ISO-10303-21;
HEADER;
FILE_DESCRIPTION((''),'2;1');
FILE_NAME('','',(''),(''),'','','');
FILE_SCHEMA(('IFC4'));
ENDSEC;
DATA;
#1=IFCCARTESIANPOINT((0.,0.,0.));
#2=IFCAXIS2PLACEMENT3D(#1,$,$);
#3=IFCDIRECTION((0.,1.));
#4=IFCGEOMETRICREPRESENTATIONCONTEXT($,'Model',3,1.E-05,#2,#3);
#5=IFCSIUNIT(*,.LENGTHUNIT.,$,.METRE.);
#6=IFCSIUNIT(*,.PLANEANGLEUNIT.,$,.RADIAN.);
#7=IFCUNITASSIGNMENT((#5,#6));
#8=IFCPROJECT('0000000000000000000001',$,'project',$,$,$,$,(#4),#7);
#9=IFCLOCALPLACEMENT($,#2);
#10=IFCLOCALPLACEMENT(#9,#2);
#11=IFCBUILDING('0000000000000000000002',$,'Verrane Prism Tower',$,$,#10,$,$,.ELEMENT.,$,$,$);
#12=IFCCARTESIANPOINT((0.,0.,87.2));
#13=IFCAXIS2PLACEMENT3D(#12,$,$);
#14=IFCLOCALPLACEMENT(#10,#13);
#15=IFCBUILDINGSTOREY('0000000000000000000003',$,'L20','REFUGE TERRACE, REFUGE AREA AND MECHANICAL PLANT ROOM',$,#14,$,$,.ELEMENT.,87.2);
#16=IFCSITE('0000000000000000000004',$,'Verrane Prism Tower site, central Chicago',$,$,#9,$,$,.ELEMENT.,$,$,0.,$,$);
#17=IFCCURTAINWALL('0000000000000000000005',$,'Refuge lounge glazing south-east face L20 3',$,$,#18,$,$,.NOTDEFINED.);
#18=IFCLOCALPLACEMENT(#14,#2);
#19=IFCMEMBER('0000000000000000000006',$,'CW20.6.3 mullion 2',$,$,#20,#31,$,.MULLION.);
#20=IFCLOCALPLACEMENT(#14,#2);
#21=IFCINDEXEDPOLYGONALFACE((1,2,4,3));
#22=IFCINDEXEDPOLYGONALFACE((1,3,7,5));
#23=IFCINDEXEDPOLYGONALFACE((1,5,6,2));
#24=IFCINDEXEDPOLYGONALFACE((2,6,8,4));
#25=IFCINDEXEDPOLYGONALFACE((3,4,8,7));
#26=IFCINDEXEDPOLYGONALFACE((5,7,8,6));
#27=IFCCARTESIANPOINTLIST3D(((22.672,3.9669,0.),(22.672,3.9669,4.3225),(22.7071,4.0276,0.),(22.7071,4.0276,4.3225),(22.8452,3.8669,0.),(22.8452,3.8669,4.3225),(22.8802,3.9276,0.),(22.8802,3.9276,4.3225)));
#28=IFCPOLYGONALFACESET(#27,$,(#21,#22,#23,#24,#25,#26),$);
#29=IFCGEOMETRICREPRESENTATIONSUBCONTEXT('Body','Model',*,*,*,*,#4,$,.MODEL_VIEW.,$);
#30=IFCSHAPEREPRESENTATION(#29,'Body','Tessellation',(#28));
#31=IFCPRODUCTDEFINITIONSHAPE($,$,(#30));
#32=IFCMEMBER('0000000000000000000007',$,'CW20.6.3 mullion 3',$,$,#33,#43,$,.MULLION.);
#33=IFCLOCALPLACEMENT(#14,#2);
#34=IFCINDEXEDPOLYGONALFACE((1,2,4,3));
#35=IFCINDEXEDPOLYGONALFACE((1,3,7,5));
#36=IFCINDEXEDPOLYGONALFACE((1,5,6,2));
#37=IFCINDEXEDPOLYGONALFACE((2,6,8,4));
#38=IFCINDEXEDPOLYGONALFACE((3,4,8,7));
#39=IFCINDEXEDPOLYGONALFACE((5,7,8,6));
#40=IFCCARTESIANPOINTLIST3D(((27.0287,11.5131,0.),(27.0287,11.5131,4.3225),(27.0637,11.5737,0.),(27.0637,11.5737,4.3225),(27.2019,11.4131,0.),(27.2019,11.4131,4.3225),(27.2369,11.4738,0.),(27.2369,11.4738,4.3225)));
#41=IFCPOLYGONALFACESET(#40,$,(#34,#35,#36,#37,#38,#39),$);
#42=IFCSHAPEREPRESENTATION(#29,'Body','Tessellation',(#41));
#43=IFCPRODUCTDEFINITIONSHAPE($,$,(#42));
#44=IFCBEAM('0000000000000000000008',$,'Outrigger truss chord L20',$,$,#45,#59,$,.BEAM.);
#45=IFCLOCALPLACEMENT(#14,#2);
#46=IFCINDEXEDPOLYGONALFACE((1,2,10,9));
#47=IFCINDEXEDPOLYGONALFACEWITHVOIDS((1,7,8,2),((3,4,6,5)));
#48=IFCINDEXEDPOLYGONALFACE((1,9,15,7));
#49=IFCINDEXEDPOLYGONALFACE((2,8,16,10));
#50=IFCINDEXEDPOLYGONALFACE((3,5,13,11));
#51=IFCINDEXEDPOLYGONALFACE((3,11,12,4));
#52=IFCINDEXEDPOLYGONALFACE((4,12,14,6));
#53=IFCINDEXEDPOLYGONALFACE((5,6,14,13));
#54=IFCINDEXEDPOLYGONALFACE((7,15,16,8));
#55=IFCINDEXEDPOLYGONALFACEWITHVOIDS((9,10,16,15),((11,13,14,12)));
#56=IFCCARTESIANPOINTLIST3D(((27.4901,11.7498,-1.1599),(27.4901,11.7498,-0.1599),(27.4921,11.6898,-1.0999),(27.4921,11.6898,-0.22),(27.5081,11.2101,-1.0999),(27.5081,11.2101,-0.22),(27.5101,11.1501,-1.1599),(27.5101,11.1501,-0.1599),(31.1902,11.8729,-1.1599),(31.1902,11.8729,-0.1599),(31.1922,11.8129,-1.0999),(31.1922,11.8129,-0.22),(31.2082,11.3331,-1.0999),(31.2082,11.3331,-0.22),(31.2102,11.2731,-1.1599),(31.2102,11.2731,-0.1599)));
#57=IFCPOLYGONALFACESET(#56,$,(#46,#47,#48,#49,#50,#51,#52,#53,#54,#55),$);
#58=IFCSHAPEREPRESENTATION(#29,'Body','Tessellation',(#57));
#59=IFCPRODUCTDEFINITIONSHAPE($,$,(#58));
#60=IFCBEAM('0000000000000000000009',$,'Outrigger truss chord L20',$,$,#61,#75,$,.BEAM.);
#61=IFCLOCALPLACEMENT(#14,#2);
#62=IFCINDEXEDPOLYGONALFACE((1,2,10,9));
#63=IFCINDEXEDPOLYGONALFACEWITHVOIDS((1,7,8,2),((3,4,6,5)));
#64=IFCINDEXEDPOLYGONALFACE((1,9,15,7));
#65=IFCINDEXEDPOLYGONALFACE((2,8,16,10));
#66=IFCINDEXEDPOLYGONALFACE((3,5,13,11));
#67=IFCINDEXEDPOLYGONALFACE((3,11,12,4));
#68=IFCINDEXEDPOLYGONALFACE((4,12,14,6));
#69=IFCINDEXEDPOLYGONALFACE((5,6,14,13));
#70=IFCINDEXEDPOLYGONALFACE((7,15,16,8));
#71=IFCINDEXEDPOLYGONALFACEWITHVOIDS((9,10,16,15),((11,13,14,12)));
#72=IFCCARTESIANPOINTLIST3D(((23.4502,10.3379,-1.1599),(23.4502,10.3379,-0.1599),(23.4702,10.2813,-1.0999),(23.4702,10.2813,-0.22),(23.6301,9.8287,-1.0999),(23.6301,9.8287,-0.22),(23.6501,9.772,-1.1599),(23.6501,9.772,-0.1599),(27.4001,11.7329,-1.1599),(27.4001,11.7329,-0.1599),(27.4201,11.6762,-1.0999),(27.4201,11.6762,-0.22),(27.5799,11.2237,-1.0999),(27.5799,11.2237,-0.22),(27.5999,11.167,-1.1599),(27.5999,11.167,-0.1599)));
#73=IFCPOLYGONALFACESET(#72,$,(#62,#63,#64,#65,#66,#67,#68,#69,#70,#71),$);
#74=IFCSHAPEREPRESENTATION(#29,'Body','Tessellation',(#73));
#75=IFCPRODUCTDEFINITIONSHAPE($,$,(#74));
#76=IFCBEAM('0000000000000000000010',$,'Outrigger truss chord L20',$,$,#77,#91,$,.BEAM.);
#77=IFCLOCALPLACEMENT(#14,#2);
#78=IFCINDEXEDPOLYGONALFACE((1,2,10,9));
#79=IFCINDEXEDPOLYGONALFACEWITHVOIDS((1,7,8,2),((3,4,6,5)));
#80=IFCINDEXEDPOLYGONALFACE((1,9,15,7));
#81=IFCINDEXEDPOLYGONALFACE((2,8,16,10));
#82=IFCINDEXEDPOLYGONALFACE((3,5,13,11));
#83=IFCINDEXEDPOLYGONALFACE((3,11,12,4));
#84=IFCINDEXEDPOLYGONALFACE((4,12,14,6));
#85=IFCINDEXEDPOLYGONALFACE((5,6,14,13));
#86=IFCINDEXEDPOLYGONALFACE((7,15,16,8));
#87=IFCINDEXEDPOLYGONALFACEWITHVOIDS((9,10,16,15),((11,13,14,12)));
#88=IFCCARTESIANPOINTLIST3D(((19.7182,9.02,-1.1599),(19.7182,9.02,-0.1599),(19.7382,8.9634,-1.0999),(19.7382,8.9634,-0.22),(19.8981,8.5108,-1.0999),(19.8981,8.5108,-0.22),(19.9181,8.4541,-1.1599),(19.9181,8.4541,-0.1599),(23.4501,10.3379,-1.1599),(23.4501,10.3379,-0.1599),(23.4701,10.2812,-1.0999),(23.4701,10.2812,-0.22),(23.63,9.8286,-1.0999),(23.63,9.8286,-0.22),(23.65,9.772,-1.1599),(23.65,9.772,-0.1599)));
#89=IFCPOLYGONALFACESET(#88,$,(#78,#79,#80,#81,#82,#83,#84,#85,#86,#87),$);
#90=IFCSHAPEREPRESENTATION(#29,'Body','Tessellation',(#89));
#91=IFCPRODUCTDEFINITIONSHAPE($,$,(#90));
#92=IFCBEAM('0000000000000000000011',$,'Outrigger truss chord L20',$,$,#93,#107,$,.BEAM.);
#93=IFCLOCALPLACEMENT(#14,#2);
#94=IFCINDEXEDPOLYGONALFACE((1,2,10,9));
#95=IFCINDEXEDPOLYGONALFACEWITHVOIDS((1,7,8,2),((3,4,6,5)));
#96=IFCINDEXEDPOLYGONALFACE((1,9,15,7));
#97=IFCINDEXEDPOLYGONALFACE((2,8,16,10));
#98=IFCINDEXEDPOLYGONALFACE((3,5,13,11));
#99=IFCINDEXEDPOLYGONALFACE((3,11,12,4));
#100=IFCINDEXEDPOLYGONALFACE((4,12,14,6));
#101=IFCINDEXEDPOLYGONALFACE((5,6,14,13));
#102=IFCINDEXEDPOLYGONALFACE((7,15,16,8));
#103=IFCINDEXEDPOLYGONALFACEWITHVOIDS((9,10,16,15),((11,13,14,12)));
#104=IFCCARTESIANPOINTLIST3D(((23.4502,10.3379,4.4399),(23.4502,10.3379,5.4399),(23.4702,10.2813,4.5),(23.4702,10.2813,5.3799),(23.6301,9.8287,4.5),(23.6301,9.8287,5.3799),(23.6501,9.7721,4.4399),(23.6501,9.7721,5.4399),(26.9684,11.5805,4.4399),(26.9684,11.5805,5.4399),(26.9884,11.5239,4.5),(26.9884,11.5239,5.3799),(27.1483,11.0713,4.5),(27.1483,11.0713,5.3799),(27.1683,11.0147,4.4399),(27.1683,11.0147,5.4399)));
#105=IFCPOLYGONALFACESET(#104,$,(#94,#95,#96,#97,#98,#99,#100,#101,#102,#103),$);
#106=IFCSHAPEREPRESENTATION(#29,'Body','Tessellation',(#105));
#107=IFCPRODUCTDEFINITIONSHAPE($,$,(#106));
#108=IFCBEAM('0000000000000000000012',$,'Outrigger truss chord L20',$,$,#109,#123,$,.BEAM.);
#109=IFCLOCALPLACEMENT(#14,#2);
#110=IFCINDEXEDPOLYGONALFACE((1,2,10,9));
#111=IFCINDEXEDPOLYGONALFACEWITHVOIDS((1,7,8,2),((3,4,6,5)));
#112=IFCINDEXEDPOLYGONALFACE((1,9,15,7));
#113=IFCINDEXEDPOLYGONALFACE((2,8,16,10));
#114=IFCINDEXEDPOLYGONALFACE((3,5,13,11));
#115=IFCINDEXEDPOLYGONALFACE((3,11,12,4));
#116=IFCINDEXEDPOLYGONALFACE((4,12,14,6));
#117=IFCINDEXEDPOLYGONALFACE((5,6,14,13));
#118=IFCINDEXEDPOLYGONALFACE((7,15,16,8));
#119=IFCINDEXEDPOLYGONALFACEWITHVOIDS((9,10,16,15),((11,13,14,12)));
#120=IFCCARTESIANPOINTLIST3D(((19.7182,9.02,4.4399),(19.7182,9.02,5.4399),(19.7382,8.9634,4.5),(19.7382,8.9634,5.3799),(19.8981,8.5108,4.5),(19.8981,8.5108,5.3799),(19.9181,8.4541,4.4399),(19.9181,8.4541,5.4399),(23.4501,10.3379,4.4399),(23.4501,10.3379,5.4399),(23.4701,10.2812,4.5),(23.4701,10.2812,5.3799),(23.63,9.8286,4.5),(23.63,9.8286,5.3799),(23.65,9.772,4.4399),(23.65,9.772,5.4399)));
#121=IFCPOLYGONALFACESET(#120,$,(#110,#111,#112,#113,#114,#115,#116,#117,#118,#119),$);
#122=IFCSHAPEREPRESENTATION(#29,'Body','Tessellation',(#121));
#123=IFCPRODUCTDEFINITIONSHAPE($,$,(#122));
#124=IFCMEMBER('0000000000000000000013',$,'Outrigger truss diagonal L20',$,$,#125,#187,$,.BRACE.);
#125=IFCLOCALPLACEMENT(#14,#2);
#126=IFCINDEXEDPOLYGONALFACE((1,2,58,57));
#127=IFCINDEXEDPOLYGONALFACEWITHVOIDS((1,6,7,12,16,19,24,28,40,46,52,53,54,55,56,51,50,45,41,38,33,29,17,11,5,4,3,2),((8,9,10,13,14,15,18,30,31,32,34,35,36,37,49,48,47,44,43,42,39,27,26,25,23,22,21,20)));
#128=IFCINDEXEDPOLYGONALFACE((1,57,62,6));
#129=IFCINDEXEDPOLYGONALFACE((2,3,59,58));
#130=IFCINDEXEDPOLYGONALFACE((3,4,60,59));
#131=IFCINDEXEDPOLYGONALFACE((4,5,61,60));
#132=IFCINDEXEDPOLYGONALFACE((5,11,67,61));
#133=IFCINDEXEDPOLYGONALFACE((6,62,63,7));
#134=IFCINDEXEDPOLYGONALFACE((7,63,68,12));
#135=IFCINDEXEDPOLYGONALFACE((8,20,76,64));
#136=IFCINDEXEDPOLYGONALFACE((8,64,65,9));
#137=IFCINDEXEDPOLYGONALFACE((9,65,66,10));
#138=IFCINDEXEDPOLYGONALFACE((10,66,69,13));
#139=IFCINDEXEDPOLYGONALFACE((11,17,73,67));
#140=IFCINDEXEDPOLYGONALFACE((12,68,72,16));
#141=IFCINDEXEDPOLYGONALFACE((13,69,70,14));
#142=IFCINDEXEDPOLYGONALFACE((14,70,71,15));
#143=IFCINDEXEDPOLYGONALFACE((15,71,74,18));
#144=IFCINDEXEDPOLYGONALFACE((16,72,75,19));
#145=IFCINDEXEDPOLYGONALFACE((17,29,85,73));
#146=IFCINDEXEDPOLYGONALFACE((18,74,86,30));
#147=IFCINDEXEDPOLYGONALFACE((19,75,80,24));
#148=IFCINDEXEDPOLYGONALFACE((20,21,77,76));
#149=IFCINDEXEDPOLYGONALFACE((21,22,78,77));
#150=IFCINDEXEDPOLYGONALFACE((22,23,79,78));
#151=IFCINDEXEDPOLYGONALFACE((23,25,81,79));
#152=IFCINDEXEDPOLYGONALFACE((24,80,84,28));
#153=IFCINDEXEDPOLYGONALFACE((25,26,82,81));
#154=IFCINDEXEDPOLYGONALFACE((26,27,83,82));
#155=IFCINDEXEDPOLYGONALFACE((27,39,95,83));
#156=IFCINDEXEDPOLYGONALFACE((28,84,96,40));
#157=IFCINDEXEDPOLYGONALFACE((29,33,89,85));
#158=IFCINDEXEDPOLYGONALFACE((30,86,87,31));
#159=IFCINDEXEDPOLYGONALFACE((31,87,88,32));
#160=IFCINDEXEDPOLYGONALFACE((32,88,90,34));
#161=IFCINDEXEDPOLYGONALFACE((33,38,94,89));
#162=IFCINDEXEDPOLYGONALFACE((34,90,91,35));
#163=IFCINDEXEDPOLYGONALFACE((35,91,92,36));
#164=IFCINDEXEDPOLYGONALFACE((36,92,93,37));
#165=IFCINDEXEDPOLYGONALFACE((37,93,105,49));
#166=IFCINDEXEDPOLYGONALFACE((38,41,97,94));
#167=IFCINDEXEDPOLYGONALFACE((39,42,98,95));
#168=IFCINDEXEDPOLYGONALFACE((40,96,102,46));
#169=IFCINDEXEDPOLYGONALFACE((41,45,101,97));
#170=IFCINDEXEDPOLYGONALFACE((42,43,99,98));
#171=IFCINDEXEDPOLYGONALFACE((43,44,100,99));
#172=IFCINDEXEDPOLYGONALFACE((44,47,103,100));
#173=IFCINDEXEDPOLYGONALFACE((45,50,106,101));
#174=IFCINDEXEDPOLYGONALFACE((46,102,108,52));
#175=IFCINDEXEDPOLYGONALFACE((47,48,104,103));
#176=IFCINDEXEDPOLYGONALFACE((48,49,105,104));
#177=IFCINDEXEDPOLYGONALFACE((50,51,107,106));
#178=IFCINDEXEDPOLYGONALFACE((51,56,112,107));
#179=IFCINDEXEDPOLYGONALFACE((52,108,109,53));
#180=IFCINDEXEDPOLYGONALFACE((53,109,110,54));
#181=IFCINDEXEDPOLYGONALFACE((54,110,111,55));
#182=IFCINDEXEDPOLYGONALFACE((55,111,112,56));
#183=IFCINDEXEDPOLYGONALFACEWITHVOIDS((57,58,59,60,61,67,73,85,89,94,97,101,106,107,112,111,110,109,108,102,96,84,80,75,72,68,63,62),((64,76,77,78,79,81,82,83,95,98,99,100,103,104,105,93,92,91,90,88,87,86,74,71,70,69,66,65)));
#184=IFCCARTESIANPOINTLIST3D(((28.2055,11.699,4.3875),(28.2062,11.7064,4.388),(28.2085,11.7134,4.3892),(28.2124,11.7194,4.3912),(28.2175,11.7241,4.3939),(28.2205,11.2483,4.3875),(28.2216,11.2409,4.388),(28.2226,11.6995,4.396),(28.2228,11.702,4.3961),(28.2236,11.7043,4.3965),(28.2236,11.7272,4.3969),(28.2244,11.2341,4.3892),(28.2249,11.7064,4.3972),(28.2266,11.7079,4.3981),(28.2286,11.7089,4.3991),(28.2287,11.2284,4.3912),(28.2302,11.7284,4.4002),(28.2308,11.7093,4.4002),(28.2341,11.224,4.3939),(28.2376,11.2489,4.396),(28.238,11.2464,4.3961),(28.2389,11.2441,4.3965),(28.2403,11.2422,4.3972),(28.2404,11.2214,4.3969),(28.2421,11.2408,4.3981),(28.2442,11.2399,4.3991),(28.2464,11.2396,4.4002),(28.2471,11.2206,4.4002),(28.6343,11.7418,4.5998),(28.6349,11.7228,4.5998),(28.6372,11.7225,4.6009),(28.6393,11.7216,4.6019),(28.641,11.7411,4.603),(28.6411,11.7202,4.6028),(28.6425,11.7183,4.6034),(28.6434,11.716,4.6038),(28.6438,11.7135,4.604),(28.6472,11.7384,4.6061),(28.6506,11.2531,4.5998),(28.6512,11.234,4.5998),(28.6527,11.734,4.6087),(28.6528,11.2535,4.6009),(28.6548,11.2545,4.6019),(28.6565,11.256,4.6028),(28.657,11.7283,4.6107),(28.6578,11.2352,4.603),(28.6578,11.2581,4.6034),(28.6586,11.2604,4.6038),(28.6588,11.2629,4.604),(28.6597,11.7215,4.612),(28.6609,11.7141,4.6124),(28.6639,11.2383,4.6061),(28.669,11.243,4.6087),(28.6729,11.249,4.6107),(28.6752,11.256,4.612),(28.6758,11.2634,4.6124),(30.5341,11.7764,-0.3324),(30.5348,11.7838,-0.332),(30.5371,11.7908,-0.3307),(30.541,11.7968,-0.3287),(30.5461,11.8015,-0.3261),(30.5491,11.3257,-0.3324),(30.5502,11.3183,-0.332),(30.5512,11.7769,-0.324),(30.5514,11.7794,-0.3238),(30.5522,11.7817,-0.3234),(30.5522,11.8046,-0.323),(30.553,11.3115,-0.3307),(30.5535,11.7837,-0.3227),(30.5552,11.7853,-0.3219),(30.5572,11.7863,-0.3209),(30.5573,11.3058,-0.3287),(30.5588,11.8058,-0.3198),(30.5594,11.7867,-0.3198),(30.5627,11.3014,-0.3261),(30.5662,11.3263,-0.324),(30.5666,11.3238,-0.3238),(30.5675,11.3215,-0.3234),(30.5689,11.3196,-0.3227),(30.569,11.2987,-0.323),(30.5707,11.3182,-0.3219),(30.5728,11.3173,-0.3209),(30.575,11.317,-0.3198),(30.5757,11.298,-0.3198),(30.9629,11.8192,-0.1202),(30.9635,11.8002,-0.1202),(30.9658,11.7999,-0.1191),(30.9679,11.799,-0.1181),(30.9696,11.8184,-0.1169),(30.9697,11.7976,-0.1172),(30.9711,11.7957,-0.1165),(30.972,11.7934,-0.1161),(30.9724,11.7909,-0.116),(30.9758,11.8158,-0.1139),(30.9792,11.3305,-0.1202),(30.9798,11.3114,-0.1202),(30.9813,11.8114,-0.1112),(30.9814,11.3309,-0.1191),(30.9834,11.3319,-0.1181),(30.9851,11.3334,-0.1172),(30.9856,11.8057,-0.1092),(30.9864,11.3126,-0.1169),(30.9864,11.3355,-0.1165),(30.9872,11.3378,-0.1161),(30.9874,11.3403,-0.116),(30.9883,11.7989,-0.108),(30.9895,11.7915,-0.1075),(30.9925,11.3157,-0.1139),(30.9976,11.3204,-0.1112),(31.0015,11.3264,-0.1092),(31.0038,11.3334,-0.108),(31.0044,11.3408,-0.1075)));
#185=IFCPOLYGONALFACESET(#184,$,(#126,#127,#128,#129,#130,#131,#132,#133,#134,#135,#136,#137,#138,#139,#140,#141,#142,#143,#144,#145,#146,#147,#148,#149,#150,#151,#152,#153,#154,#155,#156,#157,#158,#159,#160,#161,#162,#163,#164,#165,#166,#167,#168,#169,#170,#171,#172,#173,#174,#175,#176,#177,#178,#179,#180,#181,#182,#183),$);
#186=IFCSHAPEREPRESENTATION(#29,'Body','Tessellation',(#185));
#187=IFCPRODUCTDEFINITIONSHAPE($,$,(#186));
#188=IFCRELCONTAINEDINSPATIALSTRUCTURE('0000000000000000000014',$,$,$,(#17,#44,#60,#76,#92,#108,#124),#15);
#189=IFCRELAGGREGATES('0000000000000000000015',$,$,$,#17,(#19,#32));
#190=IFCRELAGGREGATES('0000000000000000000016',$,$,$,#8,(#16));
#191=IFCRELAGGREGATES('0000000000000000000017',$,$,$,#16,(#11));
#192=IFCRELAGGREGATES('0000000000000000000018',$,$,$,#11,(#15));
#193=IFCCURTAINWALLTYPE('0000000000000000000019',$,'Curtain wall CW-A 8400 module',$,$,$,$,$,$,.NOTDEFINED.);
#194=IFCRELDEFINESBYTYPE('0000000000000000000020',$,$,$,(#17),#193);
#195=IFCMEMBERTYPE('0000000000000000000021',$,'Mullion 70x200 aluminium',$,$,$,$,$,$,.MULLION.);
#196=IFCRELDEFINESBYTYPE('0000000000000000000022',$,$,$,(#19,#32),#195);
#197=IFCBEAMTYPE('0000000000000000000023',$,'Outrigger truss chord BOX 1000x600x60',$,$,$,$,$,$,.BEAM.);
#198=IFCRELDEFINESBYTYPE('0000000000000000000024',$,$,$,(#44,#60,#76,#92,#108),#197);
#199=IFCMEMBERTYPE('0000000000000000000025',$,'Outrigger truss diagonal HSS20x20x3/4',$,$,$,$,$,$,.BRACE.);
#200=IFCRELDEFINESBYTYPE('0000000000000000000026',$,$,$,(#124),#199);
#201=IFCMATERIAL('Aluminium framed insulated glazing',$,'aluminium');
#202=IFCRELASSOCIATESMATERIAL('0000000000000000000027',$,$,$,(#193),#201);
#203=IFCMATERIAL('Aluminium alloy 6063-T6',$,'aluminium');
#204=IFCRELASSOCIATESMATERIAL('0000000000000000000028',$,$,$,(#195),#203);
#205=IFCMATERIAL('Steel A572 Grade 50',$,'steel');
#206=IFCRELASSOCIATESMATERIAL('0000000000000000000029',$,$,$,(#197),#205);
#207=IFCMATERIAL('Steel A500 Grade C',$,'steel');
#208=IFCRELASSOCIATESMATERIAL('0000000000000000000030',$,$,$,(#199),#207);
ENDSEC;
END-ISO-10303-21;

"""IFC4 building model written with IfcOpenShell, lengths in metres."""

from ifc_helpers import new_model, si_unit, direction, frame, origin, origin_2d, place, context, subcontext, project, spatial, rectangle, hollow_rectangle, extrude, material, material_profile, profile_set, type_object, element, aggregate, save


model = new_model("IFC4")

# Units and contexts
model_context = context("Model", 3, precision=1e-05, world=origin(), true_north=direction((0.0, 1.0)))
body_context = subcontext(model_context, "Body", "Model", "MODEL_VIEW")
ifc_project = project(units=[si_unit("LENGTHUNIT", "METRE"), si_unit("PLANEANGLEUNIT", "RADIAN")], contexts=[model_context])

# Site, building, storey
site_placement = place(None, origin())
site = spatial("IfcSite", under=ifc_project, at=site_placement, Name="Verrane Prism Tower site, central Chicago", CompositionType="ELEMENT", RefElevation=0.0)
building_placement = place(site_placement, origin())
building = spatial("IfcBuilding", under=site, at=building_placement, Name="Verrane Prism Tower", CompositionType="ELEMENT")
storey_placement = place(building_placement, frame((0.0, 0.0, 87.2)))
storey = spatial("IfcBuildingStorey", under=building, at=storey_placement, Name="L20", Description="REFUGE TERRACE, REFUGE AREA AND MECHANICAL PLANT ROOM", CompositionType="ELEMENT", Elevation=87.2)

# Curtain wall, members
ifc_material_1 = material(Name="Aluminium framed insulated glazing", Category="aluminium")
curtain_wall_type = type_object("IfcCurtainWallType", Name="Curtain wall CW-A 8400 module", PredefinedType="NOTDEFINED", material=ifc_material_1)
curtain_wall_placement = place(storey_placement, origin())
curtain_wall = element("IfcCurtainWall", 1, at=curtain_wall_placement, inside=storey, type_object=curtain_wall_type, Name="Refuge lounge glazing south-east face L20 3", PredefinedType="NOTDEFINED")
ifc_material_2 = material(Name="Aluminium alloy 6063-T6", Category="aluminium")
ifc_material_profile_1 = material_profile(ifc_material_2, rectangle(XDim=0.2, YDim=0.0701, at=origin_2d()), Name="Mullion 70x200 aluminium")
ifc_profile_set_1 = profile_set([ifc_material_profile_1], Name="Aluminium alloy 6063-T6")
member_type_1 = type_object("IfcMemberType", Name="Mullion 70x200 aluminium", PredefinedType="MULLION", material=ifc_profile_set_1)
member_1_placement = place(storey_placement, frame((22.7761, 3.9473, 0.0), z_axis=(0.0, 0.0, 1.0), x_axis=(-0.866027, 0.499998, 0.0)))
member_1 = element("IfcMember", 2, at=member_1_placement, type_object=member_type_1, Name="CW20.6.3 mullion 2", PredefinedType="MULLION", context=body_context, shape_type="SweptSolid", body=[
    extrude(rectangle(XDim=0.2, YDim=0.0701, at=origin_2d()), origin(), (0.0, 0.0, 1.0), 4.3225),
])
member_2_placement = place(storey_placement, frame((27.1328, 11.4934, 0.0), z_axis=(0.0, 0.0, 1.0), x_axis=(-0.866027, 0.499998, 0.0)))
member_2 = element("IfcMember", 3, at=member_2_placement, type_object=member_type_1, Name="CW20.6.3 mullion 3", PredefinedType="MULLION", context=body_context, shape_type="SweptSolid", body=[
    extrude(rectangle(XDim=0.2, YDim=0.0701, at=origin_2d()), origin(), (0.0, 0.0, 1.0), 4.3225),
])

# Beams
ifc_material_3 = material(Name="Steel A572 Grade 50", Category="steel")
ifc_material_profile_2 = material_profile(ifc_material_3, hollow_rectangle(XDim=0.6001, YDim=1.0, WallThickness=0.0601, at=origin_2d()), Name="BOX 1000x600x60")
ifc_profile_set_2 = profile_set([ifc_material_profile_2], Name="Steel A572 Grade 50")
beam_type_1 = type_object("IfcBeamType", Name="Outrigger truss chord BOX 1000x600x60", PredefinedType="BEAM", material=ifc_profile_set_2)
beam_1_placement = place(storey_placement, frame((31.2002, 11.573, -0.6599), z_axis=(-0.999448, -0.033236, 0.0), x_axis=(0.033236, -0.999448, 0.0)))
element("IfcBeam", 4, at=beam_1_placement, inside=storey, type_object=beam_type_1, Name="Outrigger truss chord L20", PredefinedType="BEAM", context=body_context, shape_type="SweptSolid", body=[
    extrude(hollow_rectangle(XDim=0.6001, YDim=1.0, WallThickness=0.0601, at=origin_2d()), origin(), (0.0, 0.0, 1.0), 3.7021),
])
beam_2_placement = place(storey_placement, frame((27.5, 11.45, -0.6599), z_axis=(-0.942921, -0.333015, 0.0), x_axis=(0.333015, -0.942921, 0.0)))
element("IfcBeam", 5, at=beam_2_placement, inside=storey, type_object=beam_type_1, Name="Outrigger truss chord L20", PredefinedType="BEAM", context=body_context, shape_type="SweptSolid", body=[
    extrude(hollow_rectangle(XDim=0.6001, YDim=1.0, WallThickness=0.0601, at=origin_2d()), origin(), (0.0, 0.0, 1.0), 4.189),
])
beam_3_placement = place(storey_placement, frame((23.55, 10.0549, -0.6599), z_axis=(-0.942933, -0.332981, 0.0), x_axis=(0.332981, -0.942933, 0.0)))
element("IfcBeam", 6, at=beam_3_placement, inside=storey, type_object=beam_type_1, Name="Outrigger truss chord L20", PredefinedType="BEAM", context=body_context, shape_type="SweptSolid", body=[
    extrude(hollow_rectangle(XDim=0.6001, YDim=1.0, WallThickness=0.0601, at=origin_2d()), origin(), (0.0, 0.0, 1.0), 3.9578),
])
beam_4_placement = place(storey_placement, frame((27.0684, 11.2976, 4.9399), z_axis=(-0.942913, -0.333039, 0.0), x_axis=(0.333039, -0.942913, 0.0)))
element("IfcBeam", 7, at=beam_4_placement, inside=storey, type_object=beam_type_1, Name="Outrigger truss chord L20", PredefinedType="BEAM", context=body_context, shape_type="SweptSolid", body=[
    extrude(hollow_rectangle(XDim=0.6001, YDim=1.0, WallThickness=0.0601, at=origin_2d()), origin(), (0.0, 0.0, 1.0), 3.7312),
])
beam_5_placement = place(storey_placement, frame((23.55, 10.0549, 4.9399), z_axis=(-0.942933, -0.332981, 0.0), x_axis=(0.332981, -0.942933, 0.0)))
element("IfcBeam", 8, at=beam_5_placement, inside=storey, type_object=beam_type_1, Name="Outrigger truss chord L20", PredefinedType="BEAM", context=body_context, shape_type="SweptSolid", body=[
    extrude(hollow_rectangle(XDim=0.6001, YDim=1.0, WallThickness=0.0601, at=origin_2d()), origin(), (0.0, 0.0, 1.0), 3.9578),
])

# Member
ifc_material_4 = material(Name="Steel A500 Grade C", Category="steel")
ifc_material_profile_3 = material_profile(ifc_material_4, hollow_rectangle(XDim=0.5081, YDim=0.5081, WallThickness=0.019, InnerFilletRadius=0.0095, OuterFilletRadius=0.0286, at=origin_2d()), Name="HSS20x20x3/4")
ifc_profile_set_3 = profile_set([ifc_material_profile_3], Name="Steel A500 Grade C")
member_type_2 = type_object("IfcMemberType", Name="Outrigger truss diagonal HSS20x20x3/4", PredefinedType="BRACE", material=ifc_profile_set_3)
member_3_placement = place(storey_placement, frame((30.7693, 11.5586, -0.22), z_axis=(-0.442391, -0.014703, 0.896702), x_axis=(0.033217, -0.999448, 0.0)))
element("IfcMember", 9, at=member_3_placement, inside=storey, type_object=member_type_2, Name="Outrigger truss diagonal L20", PredefinedType="BRACE", context=body_context, shape_type="SweptSolid", body=[
    extrude(hollow_rectangle(XDim=0.5081, YDim=0.5081, WallThickness=0.019, InnerFilletRadius=0.0095, OuterFilletRadius=0.0286, at=origin_2d()), origin(), (0.0, 0.0, 1.0), 5.2637),
])

aggregate(curtain_wall, [member_1, member_2])

save(model, "model.ifc")
